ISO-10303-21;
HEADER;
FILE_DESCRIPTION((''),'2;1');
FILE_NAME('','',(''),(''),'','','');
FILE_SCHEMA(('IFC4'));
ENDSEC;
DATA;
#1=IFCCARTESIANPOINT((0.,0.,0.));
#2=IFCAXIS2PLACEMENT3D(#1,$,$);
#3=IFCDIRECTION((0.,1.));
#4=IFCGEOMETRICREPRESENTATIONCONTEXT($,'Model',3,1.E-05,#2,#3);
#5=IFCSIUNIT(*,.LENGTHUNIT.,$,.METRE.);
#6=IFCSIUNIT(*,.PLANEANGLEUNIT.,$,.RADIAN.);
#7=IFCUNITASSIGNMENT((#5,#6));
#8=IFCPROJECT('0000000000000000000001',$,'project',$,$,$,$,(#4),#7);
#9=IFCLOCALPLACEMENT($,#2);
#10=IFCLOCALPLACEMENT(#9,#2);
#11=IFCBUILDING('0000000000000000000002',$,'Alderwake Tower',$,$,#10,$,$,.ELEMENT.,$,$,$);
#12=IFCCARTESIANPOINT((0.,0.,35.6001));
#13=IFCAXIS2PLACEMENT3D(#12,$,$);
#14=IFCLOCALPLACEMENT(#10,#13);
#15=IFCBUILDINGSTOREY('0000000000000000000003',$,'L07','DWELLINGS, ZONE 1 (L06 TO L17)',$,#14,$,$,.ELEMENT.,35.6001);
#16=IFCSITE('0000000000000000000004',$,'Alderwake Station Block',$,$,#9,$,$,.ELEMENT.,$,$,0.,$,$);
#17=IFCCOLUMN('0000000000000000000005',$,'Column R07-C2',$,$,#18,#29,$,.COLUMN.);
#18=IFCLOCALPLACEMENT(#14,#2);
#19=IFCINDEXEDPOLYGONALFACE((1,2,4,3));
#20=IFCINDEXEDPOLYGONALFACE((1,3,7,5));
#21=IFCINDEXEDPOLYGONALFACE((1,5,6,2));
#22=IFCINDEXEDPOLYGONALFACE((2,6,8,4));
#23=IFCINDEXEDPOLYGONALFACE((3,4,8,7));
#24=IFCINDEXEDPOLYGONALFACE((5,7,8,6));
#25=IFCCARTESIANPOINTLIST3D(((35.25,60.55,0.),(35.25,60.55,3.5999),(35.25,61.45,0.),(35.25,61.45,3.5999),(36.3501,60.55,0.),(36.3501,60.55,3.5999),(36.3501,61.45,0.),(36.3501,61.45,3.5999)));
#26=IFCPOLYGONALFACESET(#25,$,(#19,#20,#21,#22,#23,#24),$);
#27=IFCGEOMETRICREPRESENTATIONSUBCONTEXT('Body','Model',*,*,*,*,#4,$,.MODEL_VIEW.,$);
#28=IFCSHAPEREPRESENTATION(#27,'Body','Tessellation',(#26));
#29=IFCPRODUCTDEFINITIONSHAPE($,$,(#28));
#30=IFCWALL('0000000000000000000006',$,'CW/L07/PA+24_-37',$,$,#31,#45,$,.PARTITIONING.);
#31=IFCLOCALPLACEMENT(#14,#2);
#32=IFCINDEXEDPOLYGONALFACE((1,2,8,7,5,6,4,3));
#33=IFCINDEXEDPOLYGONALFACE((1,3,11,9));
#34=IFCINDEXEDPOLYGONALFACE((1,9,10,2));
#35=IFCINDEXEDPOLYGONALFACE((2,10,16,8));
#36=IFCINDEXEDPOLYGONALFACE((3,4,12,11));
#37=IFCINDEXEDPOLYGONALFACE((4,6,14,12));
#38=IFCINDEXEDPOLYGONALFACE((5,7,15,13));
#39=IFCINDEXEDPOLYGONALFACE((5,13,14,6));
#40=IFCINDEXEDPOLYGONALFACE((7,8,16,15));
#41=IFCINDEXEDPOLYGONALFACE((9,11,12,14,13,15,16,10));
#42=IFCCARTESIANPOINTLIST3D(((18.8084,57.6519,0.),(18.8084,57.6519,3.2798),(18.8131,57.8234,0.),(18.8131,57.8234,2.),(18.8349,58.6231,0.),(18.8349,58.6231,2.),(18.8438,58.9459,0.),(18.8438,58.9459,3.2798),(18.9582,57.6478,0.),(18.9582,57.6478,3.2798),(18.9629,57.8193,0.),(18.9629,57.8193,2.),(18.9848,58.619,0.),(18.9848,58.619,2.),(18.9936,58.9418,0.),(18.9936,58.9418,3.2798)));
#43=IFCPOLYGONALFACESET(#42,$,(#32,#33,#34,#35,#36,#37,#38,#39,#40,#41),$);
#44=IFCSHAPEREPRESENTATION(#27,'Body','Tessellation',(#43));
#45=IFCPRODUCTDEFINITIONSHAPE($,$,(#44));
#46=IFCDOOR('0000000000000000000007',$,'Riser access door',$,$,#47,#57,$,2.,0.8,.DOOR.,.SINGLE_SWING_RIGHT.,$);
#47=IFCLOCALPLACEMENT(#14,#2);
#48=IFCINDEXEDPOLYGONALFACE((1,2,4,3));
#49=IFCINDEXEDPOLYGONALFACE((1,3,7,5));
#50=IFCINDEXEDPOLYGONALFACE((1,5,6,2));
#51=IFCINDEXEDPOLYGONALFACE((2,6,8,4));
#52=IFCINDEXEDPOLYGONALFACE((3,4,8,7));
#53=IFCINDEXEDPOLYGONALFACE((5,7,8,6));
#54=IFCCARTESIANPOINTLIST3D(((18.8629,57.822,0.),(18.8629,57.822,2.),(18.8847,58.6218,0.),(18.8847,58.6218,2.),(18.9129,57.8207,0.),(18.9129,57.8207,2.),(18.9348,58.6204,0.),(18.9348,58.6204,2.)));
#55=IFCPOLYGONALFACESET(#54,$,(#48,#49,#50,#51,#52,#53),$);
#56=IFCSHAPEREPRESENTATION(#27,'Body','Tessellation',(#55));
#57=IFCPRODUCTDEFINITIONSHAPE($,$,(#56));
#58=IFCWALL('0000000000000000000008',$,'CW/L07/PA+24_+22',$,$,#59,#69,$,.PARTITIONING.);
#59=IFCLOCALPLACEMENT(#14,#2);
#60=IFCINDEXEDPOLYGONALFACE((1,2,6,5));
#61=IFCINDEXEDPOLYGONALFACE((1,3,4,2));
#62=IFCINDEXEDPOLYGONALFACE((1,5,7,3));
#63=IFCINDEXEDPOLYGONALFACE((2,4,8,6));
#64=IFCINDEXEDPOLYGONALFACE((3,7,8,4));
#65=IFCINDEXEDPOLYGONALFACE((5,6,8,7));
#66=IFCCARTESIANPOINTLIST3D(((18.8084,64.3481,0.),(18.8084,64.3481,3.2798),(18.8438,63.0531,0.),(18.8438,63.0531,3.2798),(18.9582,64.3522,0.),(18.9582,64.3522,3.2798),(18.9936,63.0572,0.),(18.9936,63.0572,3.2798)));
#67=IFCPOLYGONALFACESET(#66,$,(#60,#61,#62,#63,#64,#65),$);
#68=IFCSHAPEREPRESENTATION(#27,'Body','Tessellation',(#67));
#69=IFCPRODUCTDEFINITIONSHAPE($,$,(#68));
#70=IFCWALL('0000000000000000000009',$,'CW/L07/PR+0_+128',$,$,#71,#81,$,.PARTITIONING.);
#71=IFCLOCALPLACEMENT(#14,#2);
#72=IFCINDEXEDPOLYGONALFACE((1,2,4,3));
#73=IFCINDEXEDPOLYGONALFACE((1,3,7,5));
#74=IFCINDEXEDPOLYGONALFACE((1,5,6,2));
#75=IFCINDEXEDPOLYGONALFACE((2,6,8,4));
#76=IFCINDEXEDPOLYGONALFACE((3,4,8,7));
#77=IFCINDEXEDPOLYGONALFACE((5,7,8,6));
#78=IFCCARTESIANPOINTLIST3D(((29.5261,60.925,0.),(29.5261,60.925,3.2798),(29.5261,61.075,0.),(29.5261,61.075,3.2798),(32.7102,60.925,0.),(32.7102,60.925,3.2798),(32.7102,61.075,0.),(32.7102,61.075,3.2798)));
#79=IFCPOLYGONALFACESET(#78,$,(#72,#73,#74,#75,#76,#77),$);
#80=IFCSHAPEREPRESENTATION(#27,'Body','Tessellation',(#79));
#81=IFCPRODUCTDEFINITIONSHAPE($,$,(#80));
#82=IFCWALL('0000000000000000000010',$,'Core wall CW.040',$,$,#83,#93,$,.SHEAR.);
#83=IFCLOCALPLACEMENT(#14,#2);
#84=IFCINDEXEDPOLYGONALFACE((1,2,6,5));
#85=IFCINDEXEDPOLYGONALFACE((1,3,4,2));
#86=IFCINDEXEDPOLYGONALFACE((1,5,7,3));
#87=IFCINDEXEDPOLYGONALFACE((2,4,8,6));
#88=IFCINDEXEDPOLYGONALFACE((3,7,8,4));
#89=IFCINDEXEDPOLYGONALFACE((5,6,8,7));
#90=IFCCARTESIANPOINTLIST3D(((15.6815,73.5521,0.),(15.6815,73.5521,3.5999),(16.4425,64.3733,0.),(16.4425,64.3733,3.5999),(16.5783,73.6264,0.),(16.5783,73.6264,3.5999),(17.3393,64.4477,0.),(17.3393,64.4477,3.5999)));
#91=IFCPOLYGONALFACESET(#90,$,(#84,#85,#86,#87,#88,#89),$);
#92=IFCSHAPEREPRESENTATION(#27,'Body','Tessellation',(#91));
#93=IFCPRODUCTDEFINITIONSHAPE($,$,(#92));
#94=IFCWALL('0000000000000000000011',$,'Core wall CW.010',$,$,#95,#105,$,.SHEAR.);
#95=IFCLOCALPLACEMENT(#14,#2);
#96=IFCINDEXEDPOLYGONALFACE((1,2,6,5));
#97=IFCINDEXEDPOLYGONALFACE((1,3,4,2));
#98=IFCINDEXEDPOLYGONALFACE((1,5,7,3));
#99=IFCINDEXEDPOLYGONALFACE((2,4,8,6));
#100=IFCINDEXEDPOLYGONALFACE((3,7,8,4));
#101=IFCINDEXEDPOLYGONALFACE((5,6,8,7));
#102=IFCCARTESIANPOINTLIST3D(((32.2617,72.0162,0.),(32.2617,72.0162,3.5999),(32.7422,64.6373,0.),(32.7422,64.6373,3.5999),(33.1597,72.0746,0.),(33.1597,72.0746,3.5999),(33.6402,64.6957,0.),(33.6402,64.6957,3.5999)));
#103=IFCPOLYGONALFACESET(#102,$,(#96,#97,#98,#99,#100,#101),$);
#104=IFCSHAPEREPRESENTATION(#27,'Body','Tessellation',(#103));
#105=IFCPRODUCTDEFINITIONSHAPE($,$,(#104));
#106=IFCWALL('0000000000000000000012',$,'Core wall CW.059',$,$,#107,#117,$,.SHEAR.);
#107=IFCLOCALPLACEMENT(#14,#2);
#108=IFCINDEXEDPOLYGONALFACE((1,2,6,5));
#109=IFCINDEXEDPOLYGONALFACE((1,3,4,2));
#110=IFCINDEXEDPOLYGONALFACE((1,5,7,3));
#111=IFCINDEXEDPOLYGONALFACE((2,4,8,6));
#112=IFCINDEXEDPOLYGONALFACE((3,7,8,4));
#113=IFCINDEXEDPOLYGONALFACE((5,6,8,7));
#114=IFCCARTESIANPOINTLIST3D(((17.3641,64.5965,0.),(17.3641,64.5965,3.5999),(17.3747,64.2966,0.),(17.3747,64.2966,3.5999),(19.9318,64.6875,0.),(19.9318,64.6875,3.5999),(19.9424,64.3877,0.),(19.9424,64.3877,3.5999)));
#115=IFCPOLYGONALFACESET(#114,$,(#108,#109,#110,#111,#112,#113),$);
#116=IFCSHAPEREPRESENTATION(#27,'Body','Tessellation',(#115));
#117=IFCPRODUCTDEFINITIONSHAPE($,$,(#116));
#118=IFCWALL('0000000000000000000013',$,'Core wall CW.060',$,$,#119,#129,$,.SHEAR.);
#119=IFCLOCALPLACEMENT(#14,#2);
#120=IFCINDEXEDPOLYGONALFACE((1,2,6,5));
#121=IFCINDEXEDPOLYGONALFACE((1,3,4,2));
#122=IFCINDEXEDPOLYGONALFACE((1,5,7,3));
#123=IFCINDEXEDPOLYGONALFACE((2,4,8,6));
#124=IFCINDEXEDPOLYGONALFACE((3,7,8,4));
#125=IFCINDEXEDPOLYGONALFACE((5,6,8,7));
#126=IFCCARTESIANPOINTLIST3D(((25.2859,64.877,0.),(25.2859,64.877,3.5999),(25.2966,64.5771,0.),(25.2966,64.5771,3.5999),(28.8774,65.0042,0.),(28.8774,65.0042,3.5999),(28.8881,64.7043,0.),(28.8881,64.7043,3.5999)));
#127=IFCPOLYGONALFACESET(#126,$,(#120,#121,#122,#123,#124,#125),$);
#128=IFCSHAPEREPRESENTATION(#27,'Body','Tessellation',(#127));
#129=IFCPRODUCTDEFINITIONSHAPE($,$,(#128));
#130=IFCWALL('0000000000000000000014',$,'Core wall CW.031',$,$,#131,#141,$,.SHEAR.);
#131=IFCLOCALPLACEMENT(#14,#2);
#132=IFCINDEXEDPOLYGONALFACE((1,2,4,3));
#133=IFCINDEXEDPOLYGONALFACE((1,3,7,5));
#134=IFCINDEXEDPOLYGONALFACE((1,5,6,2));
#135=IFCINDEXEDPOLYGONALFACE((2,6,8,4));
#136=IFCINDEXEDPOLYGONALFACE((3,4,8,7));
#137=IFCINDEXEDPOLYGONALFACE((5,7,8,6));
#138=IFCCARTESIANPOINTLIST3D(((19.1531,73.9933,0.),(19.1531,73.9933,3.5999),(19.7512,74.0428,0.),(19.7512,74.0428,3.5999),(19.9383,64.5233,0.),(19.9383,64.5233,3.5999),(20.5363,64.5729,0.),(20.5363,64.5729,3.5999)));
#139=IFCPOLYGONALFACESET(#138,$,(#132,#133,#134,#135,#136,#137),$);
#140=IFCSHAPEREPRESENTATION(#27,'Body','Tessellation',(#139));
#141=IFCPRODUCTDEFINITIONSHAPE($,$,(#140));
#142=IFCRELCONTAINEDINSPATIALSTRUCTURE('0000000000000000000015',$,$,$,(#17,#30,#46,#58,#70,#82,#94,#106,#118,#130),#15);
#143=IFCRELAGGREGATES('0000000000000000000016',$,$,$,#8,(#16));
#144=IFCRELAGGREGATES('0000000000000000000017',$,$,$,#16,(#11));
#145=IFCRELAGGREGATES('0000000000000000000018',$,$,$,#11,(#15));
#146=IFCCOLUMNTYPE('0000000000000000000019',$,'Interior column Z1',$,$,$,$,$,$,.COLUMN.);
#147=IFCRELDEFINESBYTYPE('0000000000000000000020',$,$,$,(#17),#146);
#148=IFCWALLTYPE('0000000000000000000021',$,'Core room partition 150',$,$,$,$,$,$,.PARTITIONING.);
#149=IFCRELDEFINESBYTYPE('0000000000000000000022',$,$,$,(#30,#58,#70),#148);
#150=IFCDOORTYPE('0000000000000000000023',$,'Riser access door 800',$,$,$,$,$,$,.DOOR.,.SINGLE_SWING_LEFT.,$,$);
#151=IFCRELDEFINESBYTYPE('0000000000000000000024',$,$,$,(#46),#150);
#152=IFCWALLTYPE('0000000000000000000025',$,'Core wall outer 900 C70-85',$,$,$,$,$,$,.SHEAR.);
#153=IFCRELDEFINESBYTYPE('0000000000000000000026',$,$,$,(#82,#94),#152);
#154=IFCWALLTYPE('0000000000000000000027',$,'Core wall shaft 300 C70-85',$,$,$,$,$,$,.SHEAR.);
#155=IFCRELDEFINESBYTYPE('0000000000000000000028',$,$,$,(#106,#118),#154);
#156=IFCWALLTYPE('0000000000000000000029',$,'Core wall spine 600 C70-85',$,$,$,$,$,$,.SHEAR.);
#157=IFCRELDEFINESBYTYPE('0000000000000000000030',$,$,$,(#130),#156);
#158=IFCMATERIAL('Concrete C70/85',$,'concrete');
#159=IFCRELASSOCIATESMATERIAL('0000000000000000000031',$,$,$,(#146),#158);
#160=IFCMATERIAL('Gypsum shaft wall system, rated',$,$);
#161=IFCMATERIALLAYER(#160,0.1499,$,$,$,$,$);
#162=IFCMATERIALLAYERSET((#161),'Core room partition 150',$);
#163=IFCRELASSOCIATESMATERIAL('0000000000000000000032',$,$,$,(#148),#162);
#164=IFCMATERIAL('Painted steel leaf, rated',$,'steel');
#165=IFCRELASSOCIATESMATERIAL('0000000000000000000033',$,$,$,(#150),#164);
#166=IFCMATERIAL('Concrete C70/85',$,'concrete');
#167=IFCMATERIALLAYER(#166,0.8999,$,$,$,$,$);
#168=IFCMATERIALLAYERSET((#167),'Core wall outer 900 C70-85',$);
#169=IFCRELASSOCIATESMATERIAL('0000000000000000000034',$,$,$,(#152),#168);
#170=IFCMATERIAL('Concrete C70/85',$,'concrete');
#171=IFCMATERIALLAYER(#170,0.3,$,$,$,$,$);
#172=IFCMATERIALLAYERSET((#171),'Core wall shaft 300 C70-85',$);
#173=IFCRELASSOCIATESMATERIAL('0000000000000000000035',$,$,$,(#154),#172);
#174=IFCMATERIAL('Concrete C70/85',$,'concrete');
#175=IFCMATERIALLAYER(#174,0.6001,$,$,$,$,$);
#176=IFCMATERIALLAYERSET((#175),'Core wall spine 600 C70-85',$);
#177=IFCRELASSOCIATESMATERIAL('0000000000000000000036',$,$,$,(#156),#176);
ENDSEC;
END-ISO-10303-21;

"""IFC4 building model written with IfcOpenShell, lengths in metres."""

from ifc_helpers import new_model, si_unit, direction, frame, frame_2d, origin, origin_2d, place, context, subcontext, project, spatial, rectangle, extrude, material, layer, layer_set, material_profile, profile_set, type_object, element, fill, save


model = new_model("IFC4")

# Units and contexts
model_context = context("Model", 3, precision=1e-05, world=origin(), true_north=direction((0.0, 1.0)))
body_context = subcontext(model_context, "Body", "Model", "MODEL_VIEW")
ifc_project = project(units=[si_unit("LENGTHUNIT", "METRE"), si_unit("PLANEANGLEUNIT", "RADIAN")], contexts=[model_context])

# Site, building, storey
site_placement = place(None, origin())
site = spatial("IfcSite", under=ifc_project, at=site_placement, Name="Alderwake Station Block", CompositionType="ELEMENT", RefElevation=0.0)
building_placement = place(site_placement, origin())
building = spatial("IfcBuilding", under=site, at=building_placement, Name="Alderwake Tower", CompositionType="ELEMENT")
storey_placement = place(building_placement, frame((0.0, 0.0, 35.6001)))
storey = spatial("IfcBuildingStorey", under=building, at=storey_placement, Name="L07", Description="DWELLINGS, ZONE 1 (L06 TO L17)", CompositionType="ELEMENT", Elevation=35.6001)

# Column
ifc_material_1 = material(Name="Concrete C70/85", Category="concrete")
ifc_material_profile = material_profile(ifc_material_1, rectangle(XDim=0.8999, YDim=1.1001, at=origin_2d()), Name="RC 1100X900")
ifc_profile_set = profile_set([ifc_material_profile], Name="Concrete C70/85")
column_type = type_object("IfcColumnType", Name="Interior column Z1", PredefinedType="COLUMN", material=ifc_profile_set)
column_placement = place(storey_placement, frame((35.8, 61.0, 0.0), z_axis=(0.0, 0.0, 1.0), x_axis=(0.0, 1.0, 0.0)))
element("IfcColumn", 1, at=column_placement, inside=storey, type_object=column_type, Name="Column R07-C2", PredefinedType="COLUMN", context=body_context, shape_type="SweptSolid", body=[
    extrude(rectangle(XDim=0.8999, YDim=1.1001, at=origin_2d()), origin(), (0.0, 0.0, 1.0), 3.5999),
])

# Wall, opening, door
ifc_material_2 = material(Name="Gypsum shaft wall system, rated")
ifc_layer_1 = layer(ifc_material_2, 0.1499)
ifc_layer_set_1 = layer_set([ifc_layer_1], Name="Core room partition 150")
wall_type_1 = type_object("IfcWallType", Name="Core room partition 150", PredefinedType="PARTITIONING", material=ifc_layer_set_1)
wall_1_placement = place(storey_placement, frame((18.9187, 58.9438, 0.0), z_axis=(0.0, 0.0, 1.0), x_axis=(-0.027348, -0.999626, 0.0)))
wall_1 = element("IfcWall", 2, at=wall_1_placement, inside=storey, type_object=wall_type_1, Name="CW/L07/PA+24_-37", PredefinedType="PARTITIONING", context=body_context, shape_type="SweptSolid", body=[
    extrude(rectangle(XDim=1.2944, YDim=0.1499, at=frame_2d((0.6472, 0.0))), origin(), (0.0, 0.0, 1.0), 3.2798),
])
opening_1_placement = place(wall_1_placement, frame((0.323, 0.0, 0.0)))
opening_1 = element("IfcOpeningElement", 3, at=opening_1_placement, cuts=wall_1, PredefinedType="OPENING", context=body_context, shape_type="SweptSolid", body=[
    extrude(rectangle(XDim=0.8, YDim=2.0, at=frame_2d((0.3999, 1.0))), frame((0.0, 0.085, 0.0), z_axis=(0.0, -1.0, 0.0), x_axis=(1.0, 0.0, 0.0)), (0.0, 0.0, 1.0), 0.1699),
])
ifc_material_3 = material(Name="Painted steel leaf, rated", Category="steel")
door_type_1 = type_object("IfcDoorType", Name="Riser access door 800", OperationType="SINGLE_SWING_LEFT", PredefinedType="DOOR", material=ifc_material_3)
door_1_placement = place(opening_1_placement, origin())
door_1 = element("IfcDoor", 4, at=door_1_placement, inside=storey, type_object=door_type_1, Name="Riser access door", OperationType="SINGLE_SWING_RIGHT", OverallHeight=2.0, OverallWidth=0.8, PredefinedType="DOOR", context=body_context, shape_type="SweptSolid", body=[
    extrude(rectangle(XDim=0.8, YDim=2.0, at=frame_2d((0.3999, 1.0))), frame((0.0, 0.0249, 0.0), z_axis=(0.0, -1.0, 0.0), x_axis=(1.0, 0.0, 0.0)), (0.0, 0.0, 1.0), 0.05),
])
fill(opening_1, door_1)

# Walls
wall_2_placement = place(storey_placement, frame((18.9187, 63.0552, 0.0), z_axis=(0.0, 0.0, 1.0), x_axis=(-0.027328, 0.999627, 0.0)))
element("IfcWall", 5, at=wall_2_placement, inside=storey, type_object=wall_type_1, Name="CW/L07/PA+24_+22", PredefinedType="PARTITIONING", context=body_context, shape_type="SweptSolid", body=[
    extrude(rectangle(XDim=1.2954, YDim=0.1499, at=frame_2d((0.6477, 0.0))), origin(), (0.0, 0.0, 1.0), 3.2798),
])
wall_3_placement = place(storey_placement, frame((29.5261, 61.0, 0.0), z_axis=(0.0, 0.0, 1.0), x_axis=(1.0, 0.0, 0.0)))
element("IfcWall", 6, at=wall_3_placement, inside=storey, type_object=wall_type_1, Name="CW/L07/PR+0_+128", PredefinedType="PARTITIONING", context=body_context, shape_type="SweptSolid", body=[
    extrude(rectangle(XDim=3.1841, YDim=0.1499, at=frame_2d((1.592, 0.0))), origin(), (0.0, 0.0, 1.0), 3.2798),
])
ifc_material_4 = material(Name="Concrete C70/85", Category="concrete")
ifc_layer_2 = layer(ifc_material_4, 0.8999)
ifc_layer_set_2 = layer_set([ifc_layer_2], Name="Core wall outer 900 C70-85")
wall_type_2 = type_object("IfcWallType", Name="Core wall outer 900 C70-85", PredefinedType="SHEAR", material=ifc_layer_set_2)
wall_4_placement = place(storey_placement, frame((16.8909, 64.4106, 0.0), z_axis=(0.0, 0.0, 1.0), x_axis=(-0.082624, 0.996581, 0.0)))
element("IfcWall", 7, at=wall_4_placement, inside=storey, type_object=wall_type_2, Name="Core wall CW.040", PredefinedType="SHEAR", context=body_context, shape_type="SweptSolid", body=[
    extrude(rectangle(XDim=9.2102, YDim=0.8999, at=frame_2d((4.605, 0.0))), origin(), (0.0, 0.0, 1.0), 3.5999),
])
wall_5_placement = place(storey_placement, frame((33.1912, 64.6665, 0.0), z_axis=(0.0, 0.0, 1.0), x_axis=(-0.064976, 0.997887, 0.0)))
element("IfcWall", 8, at=wall_5_placement, inside=storey, type_object=wall_type_2, Name="Core wall CW.010", PredefinedType="SHEAR", context=body_context, shape_type="SweptSolid", body=[
    extrude(rectangle(XDim=7.3945, YDim=0.8999, at=frame_2d((3.6973, 0.0))), origin(), (0.0, 0.0, 1.0), 3.5999),
])
ifc_material_5 = material(Name="Concrete C70/85", Category="concrete")
ifc_layer_3 = layer(ifc_material_5, 0.3)
ifc_layer_set_3 = layer_set([ifc_layer_3], Name="Core wall shaft 300 C70-85")
wall_type_3 = type_object("IfcWallType", Name="Core wall shaft 300 C70-85", PredefinedType="SHEAR", material=ifc_layer_set_3)
wall_6_placement = place(storey_placement, frame((17.3694, 64.4465, 0.0), z_axis=(0.0, 0.0, 1.0), x_axis=(0.999372, 0.035444, 0.0)))
element("IfcWall", 9, at=wall_6_placement, inside=storey, type_object=wall_type_3, Name="Core wall CW.059", PredefinedType="SHEAR", context=body_context, shape_type="SweptSolid", body=[
    extrude(rectangle(XDim=2.5693, YDim=0.3, at=frame_2d((1.2847, 0.0))), origin(), (0.0, 0.0, 1.0), 3.5999),
])
wall_7_placement = place(storey_placement, frame((25.2913, 64.7271, 0.0), z_axis=(0.0, 0.0, 1.0), x_axis=(0.999373, 0.035393, 0.0)))
element("IfcWall", 10, at=wall_7_placement, inside=storey, type_object=wall_type_3, Name="Core wall CW.060", PredefinedType="SHEAR", context=body_context, shape_type="SweptSolid", body=[
    extrude(rectangle(XDim=3.5938, YDim=0.3, at=frame_2d((1.7969, 0.0))), origin(), (0.0, 0.0, 1.0), 3.5999),
])
ifc_material_6 = material(Name="Concrete C70/85", Category="concrete")
ifc_layer_4 = layer(ifc_material_6, 0.6001)
ifc_layer_set_4 = layer_set([ifc_layer_4], Name="Core wall spine 600 C70-85")
wall_type_4 = type_object("IfcWallType", Name="Core wall spine 600 C70-85", PredefinedType="SHEAR", material=ifc_layer_set_4)
wall_8_placement = place(storey_placement, frame((20.2373, 64.5481, 0.0), z_axis=(0.0, 0.0, 1.0), x_axis=(-0.082627, 0.996581, 0.0)))
element("IfcWall", 11, at=wall_8_placement, inside=storey, type_object=wall_type_4, Name="Core wall CW.031", PredefinedType="SHEAR", context=body_context, shape_type="SweptSolid", body=[
    extrude(rectangle(XDim=9.5024, YDim=0.6001, at=frame_2d((4.7512, 0.0))), origin(), (0.0, 0.0, 1.0), 3.5999),
])

save(model, "model.ifc")
